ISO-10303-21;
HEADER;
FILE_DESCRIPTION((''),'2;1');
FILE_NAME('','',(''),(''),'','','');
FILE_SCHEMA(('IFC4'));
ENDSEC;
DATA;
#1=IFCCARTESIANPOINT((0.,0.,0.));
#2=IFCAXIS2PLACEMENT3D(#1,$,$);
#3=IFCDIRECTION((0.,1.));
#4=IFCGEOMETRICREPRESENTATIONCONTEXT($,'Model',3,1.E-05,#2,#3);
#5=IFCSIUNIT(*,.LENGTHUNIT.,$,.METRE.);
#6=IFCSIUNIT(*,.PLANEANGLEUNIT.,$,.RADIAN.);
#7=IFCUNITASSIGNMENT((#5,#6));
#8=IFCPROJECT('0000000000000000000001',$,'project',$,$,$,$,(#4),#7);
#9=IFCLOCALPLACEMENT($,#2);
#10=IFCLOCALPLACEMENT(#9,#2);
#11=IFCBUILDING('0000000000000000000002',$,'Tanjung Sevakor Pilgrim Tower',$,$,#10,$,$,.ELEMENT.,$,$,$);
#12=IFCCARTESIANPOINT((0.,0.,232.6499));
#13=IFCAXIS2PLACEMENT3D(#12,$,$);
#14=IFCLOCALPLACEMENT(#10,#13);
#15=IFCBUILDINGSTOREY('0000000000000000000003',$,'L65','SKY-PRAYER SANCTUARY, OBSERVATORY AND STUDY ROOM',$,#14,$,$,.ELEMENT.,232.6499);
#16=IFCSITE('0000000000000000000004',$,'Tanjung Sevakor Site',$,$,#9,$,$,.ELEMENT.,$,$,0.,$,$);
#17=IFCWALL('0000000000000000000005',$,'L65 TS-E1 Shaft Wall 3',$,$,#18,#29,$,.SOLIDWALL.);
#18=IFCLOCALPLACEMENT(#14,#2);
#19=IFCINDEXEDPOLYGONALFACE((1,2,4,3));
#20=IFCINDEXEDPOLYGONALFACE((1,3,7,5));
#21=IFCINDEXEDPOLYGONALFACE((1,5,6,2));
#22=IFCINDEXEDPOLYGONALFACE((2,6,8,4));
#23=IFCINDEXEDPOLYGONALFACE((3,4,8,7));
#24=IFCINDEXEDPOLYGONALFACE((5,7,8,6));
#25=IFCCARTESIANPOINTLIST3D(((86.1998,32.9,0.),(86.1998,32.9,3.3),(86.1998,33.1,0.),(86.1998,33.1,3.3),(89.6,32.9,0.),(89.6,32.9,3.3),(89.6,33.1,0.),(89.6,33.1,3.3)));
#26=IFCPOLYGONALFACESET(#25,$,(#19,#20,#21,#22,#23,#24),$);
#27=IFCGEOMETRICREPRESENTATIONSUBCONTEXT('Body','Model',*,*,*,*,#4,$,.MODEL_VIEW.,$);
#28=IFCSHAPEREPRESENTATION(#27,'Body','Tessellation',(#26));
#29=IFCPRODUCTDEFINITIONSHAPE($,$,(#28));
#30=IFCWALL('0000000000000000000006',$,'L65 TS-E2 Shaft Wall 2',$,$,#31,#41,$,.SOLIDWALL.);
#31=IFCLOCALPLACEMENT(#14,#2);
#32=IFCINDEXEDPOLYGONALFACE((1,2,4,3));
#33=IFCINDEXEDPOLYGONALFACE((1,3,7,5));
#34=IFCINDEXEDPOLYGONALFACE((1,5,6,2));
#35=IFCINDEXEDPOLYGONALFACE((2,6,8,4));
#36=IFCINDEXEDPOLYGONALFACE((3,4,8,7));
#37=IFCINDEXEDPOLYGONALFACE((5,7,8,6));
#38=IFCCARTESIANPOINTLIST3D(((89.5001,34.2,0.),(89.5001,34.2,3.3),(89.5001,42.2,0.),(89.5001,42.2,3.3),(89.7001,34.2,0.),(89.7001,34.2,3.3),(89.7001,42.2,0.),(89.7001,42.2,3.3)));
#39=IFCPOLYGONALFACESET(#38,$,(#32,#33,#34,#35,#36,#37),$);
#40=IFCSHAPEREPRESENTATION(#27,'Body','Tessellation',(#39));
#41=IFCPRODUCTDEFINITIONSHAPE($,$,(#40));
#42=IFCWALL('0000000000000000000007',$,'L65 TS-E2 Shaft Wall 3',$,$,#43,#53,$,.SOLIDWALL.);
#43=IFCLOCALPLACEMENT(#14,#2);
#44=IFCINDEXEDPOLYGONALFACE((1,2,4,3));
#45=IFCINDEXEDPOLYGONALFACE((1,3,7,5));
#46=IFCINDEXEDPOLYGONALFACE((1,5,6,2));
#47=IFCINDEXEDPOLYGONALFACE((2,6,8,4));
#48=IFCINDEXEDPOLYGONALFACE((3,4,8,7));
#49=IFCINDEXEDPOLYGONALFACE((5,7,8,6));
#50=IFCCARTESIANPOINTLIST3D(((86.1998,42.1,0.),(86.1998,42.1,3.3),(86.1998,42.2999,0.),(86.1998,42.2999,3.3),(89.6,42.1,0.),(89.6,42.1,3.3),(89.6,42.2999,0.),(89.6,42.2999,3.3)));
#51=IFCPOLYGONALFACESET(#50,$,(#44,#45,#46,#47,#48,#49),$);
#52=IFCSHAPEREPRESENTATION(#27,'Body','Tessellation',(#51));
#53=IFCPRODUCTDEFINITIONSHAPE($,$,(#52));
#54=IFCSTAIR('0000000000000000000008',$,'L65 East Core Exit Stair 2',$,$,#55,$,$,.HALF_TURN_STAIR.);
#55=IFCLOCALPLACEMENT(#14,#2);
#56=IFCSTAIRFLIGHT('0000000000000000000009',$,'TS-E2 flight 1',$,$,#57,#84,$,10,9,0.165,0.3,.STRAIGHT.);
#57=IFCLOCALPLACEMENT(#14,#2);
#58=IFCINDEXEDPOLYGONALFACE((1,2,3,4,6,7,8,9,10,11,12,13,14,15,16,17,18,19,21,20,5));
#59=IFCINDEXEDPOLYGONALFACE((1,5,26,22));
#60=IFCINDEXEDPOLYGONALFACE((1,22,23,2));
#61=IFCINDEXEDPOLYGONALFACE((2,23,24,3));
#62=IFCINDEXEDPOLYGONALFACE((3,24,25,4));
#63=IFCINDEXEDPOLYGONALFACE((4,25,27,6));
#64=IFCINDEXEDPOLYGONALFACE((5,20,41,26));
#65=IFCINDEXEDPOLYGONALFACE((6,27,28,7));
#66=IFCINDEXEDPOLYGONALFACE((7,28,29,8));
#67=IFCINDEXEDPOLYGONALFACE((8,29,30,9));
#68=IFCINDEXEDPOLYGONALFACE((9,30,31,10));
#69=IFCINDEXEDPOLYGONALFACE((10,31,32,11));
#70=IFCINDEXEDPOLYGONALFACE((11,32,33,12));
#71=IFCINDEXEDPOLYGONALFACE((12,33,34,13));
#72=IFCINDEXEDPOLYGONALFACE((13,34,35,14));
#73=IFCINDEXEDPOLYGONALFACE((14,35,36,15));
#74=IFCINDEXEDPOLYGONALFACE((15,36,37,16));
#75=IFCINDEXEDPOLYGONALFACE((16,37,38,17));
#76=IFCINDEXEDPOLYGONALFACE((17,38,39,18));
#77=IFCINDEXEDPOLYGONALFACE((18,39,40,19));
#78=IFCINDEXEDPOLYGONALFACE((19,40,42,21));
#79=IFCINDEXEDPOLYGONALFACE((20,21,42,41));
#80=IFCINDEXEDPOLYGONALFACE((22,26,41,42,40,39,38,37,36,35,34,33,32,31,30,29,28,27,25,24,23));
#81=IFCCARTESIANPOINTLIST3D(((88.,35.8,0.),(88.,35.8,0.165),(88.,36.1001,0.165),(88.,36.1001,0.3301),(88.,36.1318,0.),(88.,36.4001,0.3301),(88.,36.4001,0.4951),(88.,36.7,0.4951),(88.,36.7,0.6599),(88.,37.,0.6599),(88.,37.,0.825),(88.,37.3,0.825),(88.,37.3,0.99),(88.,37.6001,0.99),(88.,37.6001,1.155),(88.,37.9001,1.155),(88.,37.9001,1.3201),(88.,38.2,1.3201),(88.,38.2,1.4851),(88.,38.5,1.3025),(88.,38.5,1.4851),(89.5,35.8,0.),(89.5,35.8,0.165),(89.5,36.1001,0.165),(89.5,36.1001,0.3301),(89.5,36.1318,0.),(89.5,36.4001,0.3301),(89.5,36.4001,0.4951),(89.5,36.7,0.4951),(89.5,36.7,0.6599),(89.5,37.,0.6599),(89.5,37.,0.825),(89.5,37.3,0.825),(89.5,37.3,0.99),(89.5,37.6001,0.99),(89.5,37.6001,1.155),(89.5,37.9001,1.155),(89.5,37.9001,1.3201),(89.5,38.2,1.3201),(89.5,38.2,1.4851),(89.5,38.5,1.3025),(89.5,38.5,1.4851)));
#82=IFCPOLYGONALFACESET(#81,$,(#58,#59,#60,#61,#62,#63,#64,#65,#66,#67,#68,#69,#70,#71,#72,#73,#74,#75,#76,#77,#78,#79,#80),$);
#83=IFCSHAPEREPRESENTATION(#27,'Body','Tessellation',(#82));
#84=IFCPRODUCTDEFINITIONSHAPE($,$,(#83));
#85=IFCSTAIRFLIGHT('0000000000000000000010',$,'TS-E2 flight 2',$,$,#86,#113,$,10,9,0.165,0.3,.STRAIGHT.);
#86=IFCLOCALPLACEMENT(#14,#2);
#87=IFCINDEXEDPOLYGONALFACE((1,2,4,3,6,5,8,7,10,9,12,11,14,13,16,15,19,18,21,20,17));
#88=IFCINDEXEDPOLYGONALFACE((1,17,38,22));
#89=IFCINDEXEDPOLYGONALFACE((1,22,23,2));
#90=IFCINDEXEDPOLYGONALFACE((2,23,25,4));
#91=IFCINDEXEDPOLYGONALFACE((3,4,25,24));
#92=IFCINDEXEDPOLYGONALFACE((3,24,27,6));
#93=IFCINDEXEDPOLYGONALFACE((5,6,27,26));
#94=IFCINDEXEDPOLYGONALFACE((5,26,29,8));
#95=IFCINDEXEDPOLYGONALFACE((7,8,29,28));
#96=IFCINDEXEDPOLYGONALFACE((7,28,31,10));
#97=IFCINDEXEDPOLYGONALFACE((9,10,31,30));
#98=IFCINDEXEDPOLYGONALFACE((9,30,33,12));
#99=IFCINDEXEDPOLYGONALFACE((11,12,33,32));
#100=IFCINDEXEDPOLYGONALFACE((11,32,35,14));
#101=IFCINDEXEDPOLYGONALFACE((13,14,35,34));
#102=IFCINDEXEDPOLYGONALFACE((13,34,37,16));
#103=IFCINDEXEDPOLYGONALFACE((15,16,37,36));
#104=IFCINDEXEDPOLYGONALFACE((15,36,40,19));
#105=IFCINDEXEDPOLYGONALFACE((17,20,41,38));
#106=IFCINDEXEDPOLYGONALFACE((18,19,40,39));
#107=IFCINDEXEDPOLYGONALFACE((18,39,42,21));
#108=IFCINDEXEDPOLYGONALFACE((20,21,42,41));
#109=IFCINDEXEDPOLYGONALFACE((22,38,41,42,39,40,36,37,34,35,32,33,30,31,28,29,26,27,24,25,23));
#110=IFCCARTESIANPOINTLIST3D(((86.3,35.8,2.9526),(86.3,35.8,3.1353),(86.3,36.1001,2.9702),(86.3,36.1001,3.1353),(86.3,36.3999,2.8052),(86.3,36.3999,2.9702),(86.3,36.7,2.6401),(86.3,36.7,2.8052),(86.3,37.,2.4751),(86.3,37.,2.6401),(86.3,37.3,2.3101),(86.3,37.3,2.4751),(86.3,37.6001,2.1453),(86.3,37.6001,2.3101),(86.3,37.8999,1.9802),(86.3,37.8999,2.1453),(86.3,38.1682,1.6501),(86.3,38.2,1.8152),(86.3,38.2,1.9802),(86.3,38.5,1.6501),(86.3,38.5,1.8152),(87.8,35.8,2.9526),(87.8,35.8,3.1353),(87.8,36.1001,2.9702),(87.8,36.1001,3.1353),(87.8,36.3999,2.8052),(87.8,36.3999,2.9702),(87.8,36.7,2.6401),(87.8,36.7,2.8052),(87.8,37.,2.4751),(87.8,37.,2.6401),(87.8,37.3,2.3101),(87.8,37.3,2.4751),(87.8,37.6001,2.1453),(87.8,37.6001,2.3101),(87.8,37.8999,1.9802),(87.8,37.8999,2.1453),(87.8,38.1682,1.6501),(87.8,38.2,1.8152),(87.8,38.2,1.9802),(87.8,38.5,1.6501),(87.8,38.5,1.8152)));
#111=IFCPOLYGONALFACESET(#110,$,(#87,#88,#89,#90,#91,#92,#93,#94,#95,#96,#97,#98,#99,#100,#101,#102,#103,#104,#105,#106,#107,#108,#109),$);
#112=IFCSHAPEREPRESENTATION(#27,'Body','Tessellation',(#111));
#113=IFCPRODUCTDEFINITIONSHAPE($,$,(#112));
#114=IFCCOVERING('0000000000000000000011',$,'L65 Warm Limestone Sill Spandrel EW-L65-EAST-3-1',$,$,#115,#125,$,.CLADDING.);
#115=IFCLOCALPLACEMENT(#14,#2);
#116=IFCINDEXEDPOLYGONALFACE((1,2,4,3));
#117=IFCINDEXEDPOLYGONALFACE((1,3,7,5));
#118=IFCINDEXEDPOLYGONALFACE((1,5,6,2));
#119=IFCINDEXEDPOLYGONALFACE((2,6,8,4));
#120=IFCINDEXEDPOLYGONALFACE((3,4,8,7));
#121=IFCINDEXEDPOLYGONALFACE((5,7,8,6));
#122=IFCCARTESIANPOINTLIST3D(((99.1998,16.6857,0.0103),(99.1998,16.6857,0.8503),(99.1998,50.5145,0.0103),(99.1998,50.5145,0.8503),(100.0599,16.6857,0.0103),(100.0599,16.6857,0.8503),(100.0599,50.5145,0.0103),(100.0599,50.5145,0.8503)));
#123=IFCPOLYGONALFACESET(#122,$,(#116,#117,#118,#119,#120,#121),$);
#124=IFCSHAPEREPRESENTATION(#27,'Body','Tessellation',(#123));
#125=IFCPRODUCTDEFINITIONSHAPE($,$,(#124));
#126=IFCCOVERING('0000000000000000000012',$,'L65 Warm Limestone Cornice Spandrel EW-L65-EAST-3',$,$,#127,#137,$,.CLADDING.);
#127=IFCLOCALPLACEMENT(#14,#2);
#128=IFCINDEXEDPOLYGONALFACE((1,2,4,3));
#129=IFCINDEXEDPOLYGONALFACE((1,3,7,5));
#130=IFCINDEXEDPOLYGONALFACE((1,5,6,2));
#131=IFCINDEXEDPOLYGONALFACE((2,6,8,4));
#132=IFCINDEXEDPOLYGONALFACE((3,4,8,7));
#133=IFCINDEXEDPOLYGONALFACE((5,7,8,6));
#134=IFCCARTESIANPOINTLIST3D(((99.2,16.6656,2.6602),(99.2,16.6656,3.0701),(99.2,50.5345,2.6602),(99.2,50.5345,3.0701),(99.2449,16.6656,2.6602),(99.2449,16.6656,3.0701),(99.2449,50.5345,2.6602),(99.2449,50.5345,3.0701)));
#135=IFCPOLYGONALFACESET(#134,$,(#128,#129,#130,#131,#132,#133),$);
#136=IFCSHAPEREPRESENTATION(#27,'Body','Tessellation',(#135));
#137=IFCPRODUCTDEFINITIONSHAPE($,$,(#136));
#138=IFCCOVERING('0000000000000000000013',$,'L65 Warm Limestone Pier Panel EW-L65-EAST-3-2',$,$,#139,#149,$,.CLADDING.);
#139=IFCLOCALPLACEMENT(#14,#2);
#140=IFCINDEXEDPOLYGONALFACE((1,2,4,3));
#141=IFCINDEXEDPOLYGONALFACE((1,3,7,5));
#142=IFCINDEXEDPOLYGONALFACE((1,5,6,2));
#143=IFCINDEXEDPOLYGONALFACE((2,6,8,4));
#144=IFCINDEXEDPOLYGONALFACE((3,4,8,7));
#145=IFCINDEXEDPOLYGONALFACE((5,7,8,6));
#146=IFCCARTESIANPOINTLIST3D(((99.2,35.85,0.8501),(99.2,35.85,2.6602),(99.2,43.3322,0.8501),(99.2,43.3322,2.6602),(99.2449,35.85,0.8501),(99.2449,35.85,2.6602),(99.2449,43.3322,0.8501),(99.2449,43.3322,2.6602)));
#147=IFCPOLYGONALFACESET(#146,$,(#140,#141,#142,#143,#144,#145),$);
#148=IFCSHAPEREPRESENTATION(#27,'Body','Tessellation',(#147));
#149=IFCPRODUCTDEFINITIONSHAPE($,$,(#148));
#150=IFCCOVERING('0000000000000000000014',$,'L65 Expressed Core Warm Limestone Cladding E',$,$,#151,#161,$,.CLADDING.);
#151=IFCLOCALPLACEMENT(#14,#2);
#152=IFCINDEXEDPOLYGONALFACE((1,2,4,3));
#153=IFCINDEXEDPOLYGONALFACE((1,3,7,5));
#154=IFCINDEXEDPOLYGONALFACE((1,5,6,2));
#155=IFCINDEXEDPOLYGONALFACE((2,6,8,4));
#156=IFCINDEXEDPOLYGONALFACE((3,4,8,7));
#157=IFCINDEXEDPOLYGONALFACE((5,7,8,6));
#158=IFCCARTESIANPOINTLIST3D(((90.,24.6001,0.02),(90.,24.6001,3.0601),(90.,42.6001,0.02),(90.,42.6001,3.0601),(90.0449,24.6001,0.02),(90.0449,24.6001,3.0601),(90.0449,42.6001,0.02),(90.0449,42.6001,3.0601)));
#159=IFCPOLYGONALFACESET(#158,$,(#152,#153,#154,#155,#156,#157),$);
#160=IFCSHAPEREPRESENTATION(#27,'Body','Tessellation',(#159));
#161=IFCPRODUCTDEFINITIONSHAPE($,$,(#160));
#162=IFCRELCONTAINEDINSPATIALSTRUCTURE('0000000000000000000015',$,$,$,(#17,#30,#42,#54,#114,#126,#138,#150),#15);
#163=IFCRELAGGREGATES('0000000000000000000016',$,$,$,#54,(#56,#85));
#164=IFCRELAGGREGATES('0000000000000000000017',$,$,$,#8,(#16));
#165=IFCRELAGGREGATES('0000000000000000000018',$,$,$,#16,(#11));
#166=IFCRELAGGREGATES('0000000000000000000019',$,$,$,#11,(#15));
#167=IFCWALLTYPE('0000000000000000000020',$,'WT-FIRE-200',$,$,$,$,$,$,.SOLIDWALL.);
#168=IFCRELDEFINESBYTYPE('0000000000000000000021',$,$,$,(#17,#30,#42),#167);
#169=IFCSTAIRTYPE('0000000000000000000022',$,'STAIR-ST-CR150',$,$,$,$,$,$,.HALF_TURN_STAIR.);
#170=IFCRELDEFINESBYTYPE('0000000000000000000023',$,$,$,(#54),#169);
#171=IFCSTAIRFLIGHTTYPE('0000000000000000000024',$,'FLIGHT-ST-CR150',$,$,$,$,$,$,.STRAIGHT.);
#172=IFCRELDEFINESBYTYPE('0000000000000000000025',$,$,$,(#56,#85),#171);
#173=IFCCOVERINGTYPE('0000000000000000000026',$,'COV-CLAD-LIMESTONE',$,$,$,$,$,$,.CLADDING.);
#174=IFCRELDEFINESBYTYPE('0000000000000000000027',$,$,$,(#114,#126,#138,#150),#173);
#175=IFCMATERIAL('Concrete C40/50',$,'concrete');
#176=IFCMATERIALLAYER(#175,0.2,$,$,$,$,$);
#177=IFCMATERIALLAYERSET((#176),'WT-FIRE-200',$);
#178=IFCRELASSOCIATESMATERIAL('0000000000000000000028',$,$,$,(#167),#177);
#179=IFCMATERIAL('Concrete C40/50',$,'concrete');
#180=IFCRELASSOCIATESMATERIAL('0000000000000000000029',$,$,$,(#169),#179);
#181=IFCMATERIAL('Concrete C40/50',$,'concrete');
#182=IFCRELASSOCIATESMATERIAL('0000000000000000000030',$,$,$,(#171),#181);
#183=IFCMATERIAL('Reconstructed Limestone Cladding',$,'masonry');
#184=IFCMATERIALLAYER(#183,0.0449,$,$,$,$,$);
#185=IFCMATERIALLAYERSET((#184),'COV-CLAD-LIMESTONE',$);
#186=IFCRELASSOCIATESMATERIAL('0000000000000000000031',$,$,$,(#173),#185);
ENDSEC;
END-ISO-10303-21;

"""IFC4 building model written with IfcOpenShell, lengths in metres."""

from ifc_helpers import new_model, si_unit, direction, frame, frame_2d, origin, origin_2d, place, context, subcontext, project, spatial, polyline, rectangle, outline, extrude, material, layer, layer_set, type_object, element, aggregate, save


model = new_model("IFC4")

# Units and contexts
model_context = context("Model", 3, precision=1e-05, world=origin(), true_north=direction((0.0, 1.0)))
body_context = subcontext(model_context, "Body", "Model", "MODEL_VIEW")
ifc_project = project(units=[si_unit("LENGTHUNIT", "METRE"), si_unit("PLANEANGLEUNIT", "RADIAN")], contexts=[model_context])

# Site, building, storey
site_placement = place(None, origin())
site = spatial("IfcSite", under=ifc_project, at=site_placement, Name="Tanjung Sevakor Site", CompositionType="ELEMENT", RefElevation=0.0)
building_placement = place(site_placement, origin())
building = spatial("IfcBuilding", under=site, at=building_placement, Name="Tanjung Sevakor Pilgrim Tower", CompositionType="ELEMENT")
storey_placement = place(building_placement, frame((0.0, 0.0, 232.6499)))
storey = spatial("IfcBuildingStorey", under=building, at=storey_placement, Name="L65", Description="SKY-PRAYER SANCTUARY, OBSERVATORY AND STUDY ROOM", CompositionType="ELEMENT", Elevation=232.6499)

# Walls
ifc_material_1 = material(Name="Concrete C40/50", Category="concrete")
ifc_layer_1 = layer(ifc_material_1, 0.2)
ifc_layer_set_1 = layer_set([ifc_layer_1], Name="WT-FIRE-200")
wall_type_1 = type_object("IfcWallType", Name="WT-FIRE-200", PredefinedType="SOLIDWALL", material=ifc_layer_set_1)
wall_1_placement = place(storey_placement, frame((89.6001, 33.0, 0.0), z_axis=(0.0, 0.0, 1.0), x_axis=(-1.0, 0.0, 0.0)))
element("IfcWall", 1, at=wall_1_placement, inside=storey, type_object=wall_type_1, Name="L65 TS-E1 Shaft Wall 3", PredefinedType="SOLIDWALL", context=body_context, shape_type="SweptSolid", body=[
    extrude(rectangle(XDim=3.4001, YDim=0.2, at=frame_2d((1.7002, 0.0))), origin(), (0.0, 0.0, 1.0), 3.3),
])
wall_2_placement = place(storey_placement, frame((89.6001, 34.2, 0.0), z_axis=(0.0, 0.0, 1.0), x_axis=(0.0, 1.0, 0.0)))
element("IfcWall", 2, at=wall_2_placement, inside=storey, type_object=wall_type_1, Name="L65 TS-E2 Shaft Wall 2", PredefinedType="SOLIDWALL", context=body_context, shape_type="SweptSolid", body=[
    extrude(rectangle(XDim=8.0, YDim=0.2, at=frame_2d((4.0, 0.0))), origin(), (0.0, 0.0, 1.0), 3.3),
])
wall_3_placement = place(storey_placement, frame((89.6001, 42.2, 0.0), z_axis=(0.0, 0.0, 1.0), x_axis=(-1.0, 0.0, 0.0)))
element("IfcWall", 3, at=wall_3_placement, inside=storey, type_object=wall_type_1, Name="L65 TS-E2 Shaft Wall 3", PredefinedType="SOLIDWALL", context=body_context, shape_type="SweptSolid", body=[
    extrude(rectangle(XDim=3.4001, YDim=0.2, at=frame_2d((1.7002, 0.0))), origin(), (0.0, 0.0, 1.0), 3.3),
])

# Stair, stair flights
ifc_material_2 = material(Name="Concrete C40/50", Category="concrete")
stair_type = type_object("IfcStairType", Name="STAIR-ST-CR150", PredefinedType="HALF_TURN_STAIR", material=ifc_material_2)
stair_placement = place(storey_placement, origin())
stair = element("IfcStair", 4, at=stair_placement, inside=storey, type_object=stair_type, Name="L65 East Core Exit Stair 2", PredefinedType="HALF_TURN_STAIR")
ifc_material_3 = material(Name="Concrete C40/50", Category="concrete")
stair_flight_type = type_object("IfcStairFlightType", Name="FLIGHT-ST-CR150", PredefinedType="STRAIGHT", material=ifc_material_3)
stair_flight_1_placement = place(storey_placement, frame((88.75, 35.8, 0.0), z_axis=(0.0, 0.0, 1.0), x_axis=(0.0, 1.0, 0.0)))
stair_flight_1 = element("IfcStairFlight", 5, at=stair_flight_1_placement, type_object=stair_flight_type, Name="TS-E2 flight 1", NumberOfRisers=10, NumberOfTreads=9, PredefinedType="STRAIGHT", RiserHeight=0.165, TreadLength=0.3, context=body_context, shape_type="SweptSolid", body=[
    extrude(outline(polyline([(0.0, 0.0), (0.0, 0.165), (0.3, 0.165), (0.3, 0.3301), (0.6001, 0.3301), (0.6001, 0.4951), (0.8999, 0.4951), (0.8999, 0.6599), (1.2, 0.6599), (1.2, 0.825), (1.5, 0.825), (1.5, 0.99), (1.8, 0.99), (1.8, 1.155), (2.1001, 1.155), (2.1001, 1.3201), (2.3999, 1.3201), (2.3999, 1.4851), (2.7, 1.4851), (2.7, 1.6499), (2.7, 1.3025), (0.3318, 0.0), (0.0, 0.0)])), frame((0.0, 0.75, 0.0), z_axis=(0.0, -1.0, 0.0), x_axis=(1.0, 0.0, 0.0)), (0.0, 0.0, 1.0), 1.5),
])
stair_flight_2_placement = place(storey_placement, frame((87.05, 38.5, 1.6501), z_axis=(0.0, 0.0, 1.0), x_axis=(0.0, -1.0, 0.0)))
stair_flight_2 = element("IfcStairFlight", 6, at=stair_flight_2_placement, type_object=stair_flight_type, Name="TS-E2 flight 2", NumberOfRisers=10, NumberOfTreads=9, PredefinedType="STRAIGHT", RiserHeight=0.165, TreadLength=0.3, context=body_context, shape_type="SweptSolid", body=[
    extrude(outline(polyline([(0.0, 0.0), (0.0, 0.165), (0.3, 0.165), (0.3, 0.3301), (0.6001, 0.3301), (0.6001, 0.4951), (0.8999, 0.4951), (0.8999, 0.6599), (1.2, 0.6599), (1.2, 0.825), (1.5, 0.825), (1.5, 0.99), (1.8, 0.99), (1.8, 1.155), (2.1001, 1.155), (2.1001, 1.3201), (2.3999, 1.3201), (2.3999, 1.4851), (2.7, 1.4851), (2.7, 1.6499), (2.7, 1.3025), (0.3318, 0.0), (0.0, 0.0)])), frame((0.0, 0.75, 0.0), z_axis=(0.0, -1.0, 0.0), x_axis=(1.0, 0.0, 0.0)), (0.0, 0.0, 1.0), 1.5),
])
aggregate(stair, [stair_flight_1, stair_flight_2])

# Coverings
ifc_material_4 = material(Name="Reconstructed Limestone Cladding", Category="masonry")
ifc_layer_2 = layer(ifc_material_4, 0.0449)
ifc_layer_set_2 = layer_set([ifc_layer_2], Name="COV-CLAD-LIMESTONE")
covering_type = type_object("IfcCoveringType", Name="COV-CLAD-LIMESTONE", PredefinedType="CLADDING", material=ifc_layer_set_2)
covering_1_placement = place(storey_placement, frame((99.6299, 33.6001, 0.0103), z_axis=(0.0, 0.0, 1.0), x_axis=(0.0, 1.0, 0.0)))
element("IfcCovering", 7, at=covering_1_placement, inside=storey, type_object=covering_type, Name="L65 Warm Limestone Sill Spandrel EW-L65-EAST-3-1", PredefinedType="CLADDING", context=body_context, shape_type="SweptSolid", body=[
    extrude(rectangle(XDim=33.8289, YDim=0.8601, at=origin_2d()), origin(), (0.0, 0.0, 1.0), 0.8401),
])
covering_2_placement = place(storey_placement, frame((99.2224, 33.6001, 2.6602), z_axis=(0.0, 0.0, 1.0), x_axis=(0.0, 1.0, 0.0)))
element("IfcCovering", 8, at=covering_2_placement, inside=storey, type_object=covering_type, Name="L65 Warm Limestone Cornice Spandrel EW-L65-EAST-3", PredefinedType="CLADDING", context=body_context, shape_type="SweptSolid", body=[
    extrude(rectangle(XDim=33.8689, YDim=0.0449, at=origin_2d()), origin(), (0.0, 0.0, 1.0), 0.4099),
])
covering_3_placement = place(storey_placement, frame((99.2224, 39.5911, 0.8501), z_axis=(0.0, 0.0, 1.0), x_axis=(0.0, 1.0, 0.0)))
element("IfcCovering", 9, at=covering_3_placement, inside=storey, type_object=covering_type, Name="L65 Warm Limestone Pier Panel EW-L65-EAST-3-2", PredefinedType="CLADDING", context=body_context, shape_type="SweptSolid", body=[
    extrude(rectangle(XDim=7.4822, YDim=0.0449, at=origin_2d()), origin(), (0.0, 0.0, 1.0), 1.8101),
])
covering_4_placement = place(storey_placement, frame((90.0225, 33.6001, 0.02), z_axis=(0.0, 0.0, 1.0), x_axis=(1.0, 0.0, 0.0)))
element("IfcCovering", 10, at=covering_4_placement, inside=storey, type_object=covering_type, Name="L65 Expressed Core Warm Limestone Cladding E", PredefinedType="CLADDING", context=body_context, shape_type="SweptSolid", body=[
    extrude(rectangle(XDim=0.0449, YDim=18.0, at=origin_2d()), origin(), (0.0, 0.0, 1.0), 3.04),
])

save(model, "model.ifc")
